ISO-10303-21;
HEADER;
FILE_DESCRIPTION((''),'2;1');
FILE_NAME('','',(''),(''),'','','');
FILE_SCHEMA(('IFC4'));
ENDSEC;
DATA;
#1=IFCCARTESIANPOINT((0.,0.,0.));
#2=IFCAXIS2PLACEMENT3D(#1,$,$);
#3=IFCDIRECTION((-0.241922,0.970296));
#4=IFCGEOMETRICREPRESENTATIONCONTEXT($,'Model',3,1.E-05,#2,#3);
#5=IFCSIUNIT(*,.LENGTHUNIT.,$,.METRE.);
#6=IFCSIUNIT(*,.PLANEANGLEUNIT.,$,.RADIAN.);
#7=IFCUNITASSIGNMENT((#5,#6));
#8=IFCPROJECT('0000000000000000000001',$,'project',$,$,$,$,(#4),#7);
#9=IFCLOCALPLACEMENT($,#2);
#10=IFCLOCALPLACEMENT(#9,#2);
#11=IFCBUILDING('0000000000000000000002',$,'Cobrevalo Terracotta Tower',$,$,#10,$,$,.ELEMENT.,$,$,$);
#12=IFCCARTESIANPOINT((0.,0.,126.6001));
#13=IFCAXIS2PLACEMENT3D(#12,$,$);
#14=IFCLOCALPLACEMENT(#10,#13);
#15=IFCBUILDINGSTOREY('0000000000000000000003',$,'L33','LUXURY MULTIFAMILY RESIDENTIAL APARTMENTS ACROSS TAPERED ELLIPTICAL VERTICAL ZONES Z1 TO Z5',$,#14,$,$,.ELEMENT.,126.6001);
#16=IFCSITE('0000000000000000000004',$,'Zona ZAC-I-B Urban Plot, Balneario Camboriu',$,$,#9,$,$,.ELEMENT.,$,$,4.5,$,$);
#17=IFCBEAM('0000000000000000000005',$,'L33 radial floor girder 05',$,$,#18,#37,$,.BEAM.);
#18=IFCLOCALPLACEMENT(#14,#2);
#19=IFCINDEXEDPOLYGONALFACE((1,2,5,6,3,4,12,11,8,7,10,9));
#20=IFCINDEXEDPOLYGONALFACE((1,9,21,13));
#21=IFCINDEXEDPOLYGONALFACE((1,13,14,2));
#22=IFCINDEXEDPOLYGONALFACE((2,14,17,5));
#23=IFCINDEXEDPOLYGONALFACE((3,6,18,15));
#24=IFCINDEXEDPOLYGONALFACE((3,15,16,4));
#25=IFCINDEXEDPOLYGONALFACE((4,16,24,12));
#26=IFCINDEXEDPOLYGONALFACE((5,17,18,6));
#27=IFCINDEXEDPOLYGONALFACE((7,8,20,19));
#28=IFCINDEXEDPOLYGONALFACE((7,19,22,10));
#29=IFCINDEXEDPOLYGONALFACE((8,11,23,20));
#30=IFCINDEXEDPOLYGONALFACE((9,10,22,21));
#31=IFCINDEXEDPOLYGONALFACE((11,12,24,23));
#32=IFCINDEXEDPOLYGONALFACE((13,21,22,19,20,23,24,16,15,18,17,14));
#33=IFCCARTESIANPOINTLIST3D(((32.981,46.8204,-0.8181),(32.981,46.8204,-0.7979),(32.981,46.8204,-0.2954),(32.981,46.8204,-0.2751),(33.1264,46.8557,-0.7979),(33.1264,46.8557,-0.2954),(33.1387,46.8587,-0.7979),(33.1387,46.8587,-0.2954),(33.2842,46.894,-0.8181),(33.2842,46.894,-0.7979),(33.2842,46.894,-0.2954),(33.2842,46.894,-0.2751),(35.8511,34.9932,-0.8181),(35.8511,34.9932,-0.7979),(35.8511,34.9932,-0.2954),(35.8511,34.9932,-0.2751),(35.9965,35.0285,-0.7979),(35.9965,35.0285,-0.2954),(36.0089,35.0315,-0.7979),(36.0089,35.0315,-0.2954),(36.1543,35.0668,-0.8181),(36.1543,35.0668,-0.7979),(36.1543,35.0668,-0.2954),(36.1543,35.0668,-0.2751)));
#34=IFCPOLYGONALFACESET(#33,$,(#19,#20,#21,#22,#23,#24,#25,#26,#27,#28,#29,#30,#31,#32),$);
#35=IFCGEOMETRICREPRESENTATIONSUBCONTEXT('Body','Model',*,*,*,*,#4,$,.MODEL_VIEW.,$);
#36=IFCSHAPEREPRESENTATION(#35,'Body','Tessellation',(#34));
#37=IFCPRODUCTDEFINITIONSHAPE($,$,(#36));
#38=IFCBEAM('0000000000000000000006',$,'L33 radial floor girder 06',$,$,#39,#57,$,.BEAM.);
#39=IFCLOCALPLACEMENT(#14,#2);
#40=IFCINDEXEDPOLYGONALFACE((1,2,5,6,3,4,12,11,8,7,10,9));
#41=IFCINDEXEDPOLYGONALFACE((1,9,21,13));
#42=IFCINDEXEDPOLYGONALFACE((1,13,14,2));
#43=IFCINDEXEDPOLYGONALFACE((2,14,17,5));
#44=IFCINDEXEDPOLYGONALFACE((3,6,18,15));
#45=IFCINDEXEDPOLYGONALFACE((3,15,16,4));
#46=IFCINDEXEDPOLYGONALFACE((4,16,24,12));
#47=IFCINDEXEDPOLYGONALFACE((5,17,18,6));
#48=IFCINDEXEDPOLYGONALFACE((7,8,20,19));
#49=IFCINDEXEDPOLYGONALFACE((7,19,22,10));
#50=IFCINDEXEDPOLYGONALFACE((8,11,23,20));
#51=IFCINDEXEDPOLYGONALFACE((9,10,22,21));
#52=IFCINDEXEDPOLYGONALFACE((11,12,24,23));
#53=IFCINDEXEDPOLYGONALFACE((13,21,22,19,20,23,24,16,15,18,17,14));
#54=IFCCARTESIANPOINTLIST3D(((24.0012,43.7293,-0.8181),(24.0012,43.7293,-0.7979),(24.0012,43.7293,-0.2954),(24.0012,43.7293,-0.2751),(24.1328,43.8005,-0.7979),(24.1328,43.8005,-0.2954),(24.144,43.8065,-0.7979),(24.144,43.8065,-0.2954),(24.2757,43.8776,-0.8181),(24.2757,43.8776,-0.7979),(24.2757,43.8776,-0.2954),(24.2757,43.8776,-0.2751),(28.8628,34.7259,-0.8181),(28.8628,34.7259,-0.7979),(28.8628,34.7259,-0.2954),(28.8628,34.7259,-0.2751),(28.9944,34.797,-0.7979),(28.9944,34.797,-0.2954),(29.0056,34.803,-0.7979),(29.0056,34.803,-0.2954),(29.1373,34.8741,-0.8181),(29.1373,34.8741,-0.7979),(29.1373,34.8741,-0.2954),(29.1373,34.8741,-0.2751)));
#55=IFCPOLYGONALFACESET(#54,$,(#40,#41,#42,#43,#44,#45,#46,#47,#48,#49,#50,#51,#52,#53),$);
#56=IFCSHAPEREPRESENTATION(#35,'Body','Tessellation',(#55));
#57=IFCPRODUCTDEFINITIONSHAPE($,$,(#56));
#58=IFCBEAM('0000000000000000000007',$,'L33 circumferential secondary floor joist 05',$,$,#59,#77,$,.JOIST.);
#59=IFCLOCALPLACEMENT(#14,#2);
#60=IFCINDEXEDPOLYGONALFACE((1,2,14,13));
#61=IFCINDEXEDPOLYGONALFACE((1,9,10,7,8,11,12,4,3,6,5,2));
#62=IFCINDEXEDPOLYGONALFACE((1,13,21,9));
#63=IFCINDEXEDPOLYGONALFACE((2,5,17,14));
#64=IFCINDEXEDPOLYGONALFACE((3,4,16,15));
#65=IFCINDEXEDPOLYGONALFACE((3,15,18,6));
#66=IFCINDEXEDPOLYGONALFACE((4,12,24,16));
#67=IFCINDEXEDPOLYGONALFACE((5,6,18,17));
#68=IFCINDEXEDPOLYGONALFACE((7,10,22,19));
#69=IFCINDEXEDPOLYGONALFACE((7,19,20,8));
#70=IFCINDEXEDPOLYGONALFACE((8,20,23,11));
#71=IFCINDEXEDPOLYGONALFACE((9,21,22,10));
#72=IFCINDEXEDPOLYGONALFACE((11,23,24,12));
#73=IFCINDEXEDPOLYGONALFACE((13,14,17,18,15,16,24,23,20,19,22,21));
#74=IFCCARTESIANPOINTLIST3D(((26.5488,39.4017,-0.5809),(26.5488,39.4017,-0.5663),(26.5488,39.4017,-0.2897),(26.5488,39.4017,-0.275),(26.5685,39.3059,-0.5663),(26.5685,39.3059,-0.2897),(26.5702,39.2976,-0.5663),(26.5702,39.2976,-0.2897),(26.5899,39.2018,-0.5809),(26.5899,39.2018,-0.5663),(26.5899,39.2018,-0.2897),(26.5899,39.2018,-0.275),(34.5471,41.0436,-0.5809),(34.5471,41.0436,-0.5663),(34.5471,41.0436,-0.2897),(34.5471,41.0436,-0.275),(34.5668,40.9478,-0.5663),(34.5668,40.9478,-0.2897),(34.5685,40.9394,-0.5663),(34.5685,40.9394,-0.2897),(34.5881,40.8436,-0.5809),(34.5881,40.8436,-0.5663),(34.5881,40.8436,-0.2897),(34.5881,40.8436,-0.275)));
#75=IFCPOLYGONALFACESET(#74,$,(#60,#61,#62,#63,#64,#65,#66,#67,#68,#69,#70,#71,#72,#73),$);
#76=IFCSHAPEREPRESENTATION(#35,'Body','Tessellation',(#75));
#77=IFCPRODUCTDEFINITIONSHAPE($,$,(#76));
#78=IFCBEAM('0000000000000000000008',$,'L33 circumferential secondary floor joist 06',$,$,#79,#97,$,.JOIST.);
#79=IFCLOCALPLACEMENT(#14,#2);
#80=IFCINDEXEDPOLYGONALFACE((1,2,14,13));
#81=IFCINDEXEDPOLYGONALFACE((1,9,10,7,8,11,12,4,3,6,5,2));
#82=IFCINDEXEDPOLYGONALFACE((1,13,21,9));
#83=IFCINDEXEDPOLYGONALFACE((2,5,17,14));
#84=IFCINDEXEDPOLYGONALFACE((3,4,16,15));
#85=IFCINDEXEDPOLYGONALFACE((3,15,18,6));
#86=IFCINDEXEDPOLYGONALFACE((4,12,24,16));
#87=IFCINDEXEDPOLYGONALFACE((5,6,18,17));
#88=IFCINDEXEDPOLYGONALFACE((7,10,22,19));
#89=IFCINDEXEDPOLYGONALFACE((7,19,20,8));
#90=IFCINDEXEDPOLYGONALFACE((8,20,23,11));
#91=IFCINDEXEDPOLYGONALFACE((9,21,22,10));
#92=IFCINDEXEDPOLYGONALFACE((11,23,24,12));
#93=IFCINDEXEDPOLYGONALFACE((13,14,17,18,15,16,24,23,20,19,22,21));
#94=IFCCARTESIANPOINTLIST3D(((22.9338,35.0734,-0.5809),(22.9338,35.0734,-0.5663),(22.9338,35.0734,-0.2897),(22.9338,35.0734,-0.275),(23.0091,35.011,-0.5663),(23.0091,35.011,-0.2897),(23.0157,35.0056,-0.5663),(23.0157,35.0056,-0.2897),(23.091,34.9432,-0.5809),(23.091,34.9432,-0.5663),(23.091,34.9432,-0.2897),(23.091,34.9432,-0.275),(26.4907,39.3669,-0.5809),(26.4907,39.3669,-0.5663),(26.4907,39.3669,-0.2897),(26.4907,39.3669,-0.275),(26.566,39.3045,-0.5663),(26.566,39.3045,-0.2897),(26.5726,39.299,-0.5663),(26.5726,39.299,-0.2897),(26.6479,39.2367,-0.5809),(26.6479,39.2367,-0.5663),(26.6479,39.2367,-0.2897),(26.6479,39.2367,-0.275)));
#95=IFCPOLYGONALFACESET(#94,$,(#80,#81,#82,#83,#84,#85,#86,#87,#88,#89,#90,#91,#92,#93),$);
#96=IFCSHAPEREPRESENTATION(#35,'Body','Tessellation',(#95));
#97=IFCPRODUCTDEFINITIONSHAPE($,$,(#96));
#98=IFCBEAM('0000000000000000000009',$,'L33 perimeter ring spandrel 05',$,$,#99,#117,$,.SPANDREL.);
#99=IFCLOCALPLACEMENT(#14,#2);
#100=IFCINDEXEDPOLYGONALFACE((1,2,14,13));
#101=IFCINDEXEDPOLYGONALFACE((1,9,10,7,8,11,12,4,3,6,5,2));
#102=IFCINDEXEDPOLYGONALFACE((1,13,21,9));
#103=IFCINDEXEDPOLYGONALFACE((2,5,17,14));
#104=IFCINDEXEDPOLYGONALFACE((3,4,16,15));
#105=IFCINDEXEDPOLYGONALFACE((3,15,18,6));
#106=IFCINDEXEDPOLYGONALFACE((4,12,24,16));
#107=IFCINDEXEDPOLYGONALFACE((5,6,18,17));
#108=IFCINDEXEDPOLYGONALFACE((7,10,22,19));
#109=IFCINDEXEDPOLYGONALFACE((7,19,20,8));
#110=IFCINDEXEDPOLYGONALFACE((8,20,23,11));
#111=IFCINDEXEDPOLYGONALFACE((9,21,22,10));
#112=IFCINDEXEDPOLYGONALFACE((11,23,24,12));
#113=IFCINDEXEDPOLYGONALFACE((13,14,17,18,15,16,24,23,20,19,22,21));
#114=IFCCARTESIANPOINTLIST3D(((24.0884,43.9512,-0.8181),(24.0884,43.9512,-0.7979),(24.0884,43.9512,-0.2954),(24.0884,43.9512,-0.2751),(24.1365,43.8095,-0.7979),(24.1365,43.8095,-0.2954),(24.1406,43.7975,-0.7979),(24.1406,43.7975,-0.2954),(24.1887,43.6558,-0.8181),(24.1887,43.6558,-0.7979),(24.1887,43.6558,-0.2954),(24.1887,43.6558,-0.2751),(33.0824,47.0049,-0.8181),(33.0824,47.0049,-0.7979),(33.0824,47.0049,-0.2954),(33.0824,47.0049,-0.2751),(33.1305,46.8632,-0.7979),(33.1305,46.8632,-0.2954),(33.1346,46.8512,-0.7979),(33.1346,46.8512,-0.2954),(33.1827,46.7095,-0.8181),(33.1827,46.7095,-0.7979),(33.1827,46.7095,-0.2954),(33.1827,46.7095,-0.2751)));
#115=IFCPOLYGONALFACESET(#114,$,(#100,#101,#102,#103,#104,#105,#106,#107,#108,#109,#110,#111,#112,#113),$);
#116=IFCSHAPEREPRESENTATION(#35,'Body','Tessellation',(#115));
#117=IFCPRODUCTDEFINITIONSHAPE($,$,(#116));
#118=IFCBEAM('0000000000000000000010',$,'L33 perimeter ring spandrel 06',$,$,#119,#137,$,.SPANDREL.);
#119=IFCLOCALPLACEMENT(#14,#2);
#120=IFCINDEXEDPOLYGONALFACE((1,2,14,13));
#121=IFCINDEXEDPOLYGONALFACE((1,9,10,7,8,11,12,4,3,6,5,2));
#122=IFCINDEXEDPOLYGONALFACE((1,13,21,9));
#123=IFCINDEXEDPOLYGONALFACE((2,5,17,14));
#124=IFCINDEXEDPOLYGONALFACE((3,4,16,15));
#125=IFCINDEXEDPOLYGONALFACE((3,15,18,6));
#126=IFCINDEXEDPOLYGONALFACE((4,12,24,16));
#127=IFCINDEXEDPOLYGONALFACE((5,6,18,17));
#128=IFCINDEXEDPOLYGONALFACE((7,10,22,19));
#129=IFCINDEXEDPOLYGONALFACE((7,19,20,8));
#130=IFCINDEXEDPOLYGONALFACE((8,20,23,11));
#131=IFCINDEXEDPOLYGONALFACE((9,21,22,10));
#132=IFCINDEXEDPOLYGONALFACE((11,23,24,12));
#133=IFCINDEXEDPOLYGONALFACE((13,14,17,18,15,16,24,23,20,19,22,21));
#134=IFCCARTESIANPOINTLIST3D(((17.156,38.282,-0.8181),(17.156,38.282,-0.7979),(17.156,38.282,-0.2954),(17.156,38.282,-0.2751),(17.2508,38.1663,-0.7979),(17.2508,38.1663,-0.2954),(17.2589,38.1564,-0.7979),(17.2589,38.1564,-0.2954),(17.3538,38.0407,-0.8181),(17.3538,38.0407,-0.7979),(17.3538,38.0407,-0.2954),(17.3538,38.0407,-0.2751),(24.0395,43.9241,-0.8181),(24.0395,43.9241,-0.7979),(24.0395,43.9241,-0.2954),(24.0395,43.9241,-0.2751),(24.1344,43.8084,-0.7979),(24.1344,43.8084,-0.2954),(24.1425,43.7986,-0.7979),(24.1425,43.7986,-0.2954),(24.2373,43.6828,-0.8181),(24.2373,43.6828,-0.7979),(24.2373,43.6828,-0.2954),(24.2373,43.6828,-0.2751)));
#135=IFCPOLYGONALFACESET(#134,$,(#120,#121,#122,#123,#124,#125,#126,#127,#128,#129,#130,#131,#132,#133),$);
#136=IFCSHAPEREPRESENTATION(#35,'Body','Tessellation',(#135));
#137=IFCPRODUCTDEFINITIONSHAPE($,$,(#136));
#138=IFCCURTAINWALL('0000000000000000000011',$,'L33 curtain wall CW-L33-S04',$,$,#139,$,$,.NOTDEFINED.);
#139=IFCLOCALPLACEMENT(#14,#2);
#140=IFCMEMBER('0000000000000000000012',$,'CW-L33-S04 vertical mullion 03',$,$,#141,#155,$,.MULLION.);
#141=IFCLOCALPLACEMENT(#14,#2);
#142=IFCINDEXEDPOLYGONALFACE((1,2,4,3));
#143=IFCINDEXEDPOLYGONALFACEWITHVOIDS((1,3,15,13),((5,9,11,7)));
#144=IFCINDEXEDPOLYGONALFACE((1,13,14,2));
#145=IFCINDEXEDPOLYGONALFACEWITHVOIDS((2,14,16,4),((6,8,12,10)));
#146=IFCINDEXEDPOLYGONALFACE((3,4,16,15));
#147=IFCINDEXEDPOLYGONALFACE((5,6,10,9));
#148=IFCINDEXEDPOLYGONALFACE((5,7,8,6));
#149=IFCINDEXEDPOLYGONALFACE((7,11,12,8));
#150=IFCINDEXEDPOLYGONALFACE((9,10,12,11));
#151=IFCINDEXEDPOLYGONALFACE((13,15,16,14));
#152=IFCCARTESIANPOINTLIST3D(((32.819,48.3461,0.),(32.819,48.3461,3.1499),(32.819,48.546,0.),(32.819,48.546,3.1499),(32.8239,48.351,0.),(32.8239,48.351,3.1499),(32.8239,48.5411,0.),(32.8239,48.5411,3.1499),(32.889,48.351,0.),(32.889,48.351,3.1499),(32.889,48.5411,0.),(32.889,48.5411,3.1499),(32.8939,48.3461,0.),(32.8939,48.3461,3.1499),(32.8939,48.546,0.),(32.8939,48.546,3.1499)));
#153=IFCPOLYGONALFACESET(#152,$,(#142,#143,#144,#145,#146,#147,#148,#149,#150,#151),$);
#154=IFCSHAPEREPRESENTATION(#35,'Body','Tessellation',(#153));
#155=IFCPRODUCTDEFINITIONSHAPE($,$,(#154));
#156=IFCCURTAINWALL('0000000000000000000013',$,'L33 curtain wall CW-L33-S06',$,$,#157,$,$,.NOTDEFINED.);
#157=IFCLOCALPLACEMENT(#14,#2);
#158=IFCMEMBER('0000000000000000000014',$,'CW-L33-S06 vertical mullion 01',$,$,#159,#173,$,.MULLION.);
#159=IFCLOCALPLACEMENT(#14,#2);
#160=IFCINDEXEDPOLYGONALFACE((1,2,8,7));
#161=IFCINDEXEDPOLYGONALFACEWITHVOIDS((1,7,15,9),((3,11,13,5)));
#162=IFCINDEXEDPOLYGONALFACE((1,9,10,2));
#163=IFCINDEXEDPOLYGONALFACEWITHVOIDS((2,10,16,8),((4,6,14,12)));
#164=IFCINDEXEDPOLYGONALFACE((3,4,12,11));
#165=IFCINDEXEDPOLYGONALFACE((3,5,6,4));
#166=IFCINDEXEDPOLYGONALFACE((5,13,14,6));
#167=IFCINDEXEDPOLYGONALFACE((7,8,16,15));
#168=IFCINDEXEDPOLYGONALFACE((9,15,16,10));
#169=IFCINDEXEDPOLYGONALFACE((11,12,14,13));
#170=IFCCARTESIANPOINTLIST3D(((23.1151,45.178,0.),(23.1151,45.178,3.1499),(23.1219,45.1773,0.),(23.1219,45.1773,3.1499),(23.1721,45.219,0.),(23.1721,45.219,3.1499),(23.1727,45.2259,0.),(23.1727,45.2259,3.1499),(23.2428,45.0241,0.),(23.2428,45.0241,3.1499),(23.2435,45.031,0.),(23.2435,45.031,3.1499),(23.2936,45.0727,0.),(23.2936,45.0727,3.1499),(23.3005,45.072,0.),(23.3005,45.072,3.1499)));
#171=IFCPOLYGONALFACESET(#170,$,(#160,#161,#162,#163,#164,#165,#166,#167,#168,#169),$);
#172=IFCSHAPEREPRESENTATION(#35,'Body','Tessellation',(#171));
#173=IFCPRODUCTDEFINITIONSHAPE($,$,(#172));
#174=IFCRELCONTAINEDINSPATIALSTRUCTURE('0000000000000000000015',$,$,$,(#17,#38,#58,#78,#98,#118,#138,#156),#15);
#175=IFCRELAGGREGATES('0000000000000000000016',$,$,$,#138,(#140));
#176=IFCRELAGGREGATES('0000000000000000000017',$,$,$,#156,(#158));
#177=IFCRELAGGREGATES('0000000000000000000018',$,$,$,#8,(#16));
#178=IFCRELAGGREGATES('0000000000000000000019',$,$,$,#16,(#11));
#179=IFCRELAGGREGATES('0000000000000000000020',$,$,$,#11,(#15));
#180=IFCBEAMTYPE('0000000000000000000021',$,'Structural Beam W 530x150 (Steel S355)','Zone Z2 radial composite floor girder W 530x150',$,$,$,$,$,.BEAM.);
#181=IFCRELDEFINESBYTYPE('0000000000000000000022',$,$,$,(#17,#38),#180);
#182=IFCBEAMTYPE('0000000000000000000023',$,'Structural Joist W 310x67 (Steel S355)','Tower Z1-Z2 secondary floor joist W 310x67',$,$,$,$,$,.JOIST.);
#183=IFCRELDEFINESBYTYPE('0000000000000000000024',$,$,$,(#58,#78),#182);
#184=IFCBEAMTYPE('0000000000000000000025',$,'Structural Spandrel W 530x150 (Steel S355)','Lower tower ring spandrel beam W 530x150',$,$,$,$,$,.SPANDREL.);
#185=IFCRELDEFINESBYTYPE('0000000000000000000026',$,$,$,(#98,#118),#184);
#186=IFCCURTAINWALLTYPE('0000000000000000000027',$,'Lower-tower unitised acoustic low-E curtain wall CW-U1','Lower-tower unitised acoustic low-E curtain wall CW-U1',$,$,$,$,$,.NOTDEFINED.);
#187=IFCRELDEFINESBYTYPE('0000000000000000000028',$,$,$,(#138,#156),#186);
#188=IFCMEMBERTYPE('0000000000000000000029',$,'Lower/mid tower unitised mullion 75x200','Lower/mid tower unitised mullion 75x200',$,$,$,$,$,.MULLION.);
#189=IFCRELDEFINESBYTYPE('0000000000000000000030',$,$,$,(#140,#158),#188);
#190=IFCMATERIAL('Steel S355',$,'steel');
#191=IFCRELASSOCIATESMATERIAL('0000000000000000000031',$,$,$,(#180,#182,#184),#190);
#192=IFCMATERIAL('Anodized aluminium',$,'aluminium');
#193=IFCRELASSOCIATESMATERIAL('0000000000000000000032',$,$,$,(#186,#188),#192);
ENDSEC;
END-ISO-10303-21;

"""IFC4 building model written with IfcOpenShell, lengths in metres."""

from ifc_helpers import new_model, si_unit, direction, frame, origin, origin_2d, place, context, subcontext, project, spatial, hollow_rectangle, i_section, extrude, source, transform, mapped, material, material_profile, profile_set, type_object, element, aggregate, save


model = new_model("IFC4")

# Units and contexts
model_context = context("Model", 3, precision=1e-05, world=origin(), true_north=direction((-0.241922, 0.970296)))
body_context = subcontext(model_context, "Body", "Model", "MODEL_VIEW")
ifc_project = project(units=[si_unit("LENGTHUNIT", "METRE"), si_unit("PLANEANGLEUNIT", "RADIAN")], contexts=[model_context])

# Site, building, storey
site_placement = place(None, origin())
site = spatial("IfcSite", under=ifc_project, at=site_placement, Name="Zona ZAC-I-B Urban Plot, Balneario Camboriu", CompositionType="ELEMENT", RefElevation=4.5)
building_placement = place(site_placement, origin())
building = spatial("IfcBuilding", under=site, at=building_placement, Name="Cobrevalo Terracotta Tower", CompositionType="ELEMENT")
storey_placement = place(building_placement, frame((0.0, 0.0, 126.6001)))
storey = spatial("IfcBuildingStorey", under=building, at=storey_placement, Name="L33", Description="LUXURY MULTIFAMILY RESIDENTIAL APARTMENTS ACROSS TAPERED ELLIPTICAL VERTICAL ZONES Z1 TO Z5", CompositionType="ELEMENT", Elevation=126.6001)

# Shared definitions
ifc_material_1 = material(Name="Steel S355", Category="steel")

# Beams
ifc_material_profile_1 = material_profile(ifc_material_1, i_section(OverallWidth=0.312, OverallDepth=0.543, WebThickness=0.0127, FlangeThickness=0.0203, at=origin_2d()), Name="W 530x150")
ifc_profile_set_1 = profile_set([ifc_material_profile_1], Name="Steel S355")
beam_type_1 = type_object("IfcBeamType", Name="Structural Beam W 530x150 (Steel S355)", Description="Zone Z2 radial composite floor girder W 530x150", PredefinedType="BEAM", material=ifc_profile_set_1)
beam_1_placement = place(storey_placement, frame((33.1326, 46.8572, -0.5466), z_axis=(0.235827, -0.971795, 0.0), x_axis=(0.971795, 0.235827, 0.0)))
element("IfcBeam", 1, at=beam_1_placement, inside=storey, type_object=beam_type_1, Name="L33 radial floor girder 05", PredefinedType="BEAM", context=body_context, shape_type="SweptSolid", body=[
    extrude(i_section(OverallWidth=0.312, OverallDepth=0.543, WebThickness=0.0127, FlangeThickness=0.0203, at=origin_2d()), origin(), (0.0, 0.0, 1.0), 12.1704),
])
beam_2_placement = place(storey_placement, frame((24.1384, 43.8035, -0.5466), z_axis=(0.475128, -0.879917, 0.0), x_axis=(0.879917, 0.475128, 0.0)))
element("IfcBeam", 2, at=beam_2_placement, inside=storey, type_object=beam_type_1, Name="L33 radial floor girder 06", PredefinedType="BEAM", context=body_context, shape_type="SweptSolid", body=[
    extrude(i_section(OverallWidth=0.312, OverallDepth=0.543, WebThickness=0.0127, FlangeThickness=0.0203, at=origin_2d()), origin(), (0.0, 0.0, 1.0), 10.2322),
])
ifc_material_profile_2 = material_profile(ifc_material_1, i_section(OverallWidth=0.2041, OverallDepth=0.3059, WebThickness=0.0085, FlangeThickness=0.0146, at=origin_2d()), Name="W 310x67")
ifc_profile_set_2 = profile_set([ifc_material_profile_2], Name="Steel S355")
beam_type_2 = type_object("IfcBeamType", Name="Structural Joist W 310x67 (Steel S355)", Description="Tower Z1-Z2 secondary floor joist W 310x67", PredefinedType="JOIST", material=ifc_profile_set_2)
beam_3_placement = place(storey_placement, frame((34.5676, 40.9436, -0.428), z_axis=(-0.979574, -0.201082, 0.0), x_axis=(0.201082, -0.979574, 0.0)))
element("IfcBeam", 3, at=beam_3_placement, inside=storey, type_object=beam_type_2, Name="L33 circumferential secondary floor joist 05", PredefinedType="JOIST", context=body_context, shape_type="SweptSolid", body=[
    extrude(i_section(OverallWidth=0.2041, OverallDepth=0.3059, WebThickness=0.0085, FlangeThickness=0.0146, at=origin_2d()), origin(), (0.0, 0.0, 1.0), 8.165),
])
beam_4_placement = place(storey_placement, frame((26.5693, 39.3018, -0.428), z_axis=(-0.637959, -0.77007, 0.0), x_axis=(0.77007, -0.637959, 0.0)))
element("IfcBeam", 4, at=beam_4_placement, inside=storey, type_object=beam_type_2, Name="L33 circumferential secondary floor joist 06", PredefinedType="JOIST", context=body_context, shape_type="SweptSolid", body=[
    extrude(i_section(OverallWidth=0.2041, OverallDepth=0.3059, WebThickness=0.0085, FlangeThickness=0.0146, at=origin_2d()), origin(), (0.0, 0.0, 1.0), 5.5754),
])
ifc_material_profile_3 = material_profile(ifc_material_1, i_section(OverallWidth=0.312, OverallDepth=0.543, WebThickness=0.0127, FlangeThickness=0.0203, at=origin_2d()), Name="W 530x150")
ifc_profile_set_3 = profile_set([ifc_material_profile_3], Name="Steel S355")
beam_type_3 = type_object("IfcBeamType", Name="Structural Spandrel W 530x150 (Steel S355)", Description="Lower tower ring spandrel beam W 530x150", PredefinedType="SPANDREL", material=ifc_profile_set_3)
beam_5_placement = place(storey_placement, frame((33.1326, 46.8572, -0.5466), z_axis=(-0.946911, -0.321497, 0.0), x_axis=(0.321497, -0.946911, 0.0)))
element("IfcBeam", 5, at=beam_5_placement, inside=storey, type_object=beam_type_3, Name="L33 perimeter ring spandrel 05", PredefinedType="SPANDREL", context=body_context, shape_type="SweptSolid", body=[
    extrude(i_section(OverallWidth=0.312, OverallDepth=0.543, WebThickness=0.0127, FlangeThickness=0.0203, at=origin_2d()), origin(), (0.0, 0.0, 1.0), 9.4983),
])
beam_6_placement = place(storey_placement, frame((24.1384, 43.8035, -0.5466), z_axis=(-0.773401, -0.633917, 0.0), x_axis=(0.633917, -0.773401, 0.0)))
element("IfcBeam", 6, at=beam_6_placement, inside=storey, type_object=beam_type_3, Name="L33 perimeter ring spandrel 06", PredefinedType="SPANDREL", context=body_context, shape_type="SweptSolid", body=[
    extrude(i_section(OverallWidth=0.312, OverallDepth=0.543, WebThickness=0.0127, FlangeThickness=0.0203, at=origin_2d()), origin(), (0.0, 0.0, 1.0), 8.9004),
])

# Curtain wall, member
ifc_material_2 = material(Name="Anodized aluminium", Category="aluminium")
curtain_wall_type = type_object("IfcCurtainWallType", Name="Lower-tower unitised acoustic low-E curtain wall CW-U1", Description="Lower-tower unitised acoustic low-E curtain wall CW-U1", PredefinedType="NOTDEFINED", material=ifc_material_2)
curtain_wall_1_placement = place(storey_placement, origin())
curtain_wall_1 = element("IfcCurtainWall", 7, at=curtain_wall_1_placement, inside=storey, type_object=curtain_wall_type, Name="L33 curtain wall CW-L33-S04", PredefinedType="NOTDEFINED")
ifc_material_profile_4 = material_profile(ifc_material_2, hollow_rectangle(XDim=0.075, YDim=0.2, WallThickness=0.0049, at=origin_2d()), Name="CWM 75x200")
ifc_profile_set_4 = profile_set([ifc_material_profile_4], Name="Anodized aluminium")
member_type_1 = type_object("IfcMemberType", Name="Lower/mid tower unitised mullion 75x200", Description="Lower/mid tower unitised mullion 75x200", PredefinedType="MULLION", material=ifc_profile_set_4)
shared_shape_1 = source(origin(), body_context, "Body", "SweptSolid", [
    extrude(hollow_rectangle(XDim=0.075, YDim=0.2, WallThickness=0.0049, at=origin_2d()), origin(), (0.0, 0.0, 1.0), 3.1499),
])
member_1_placement = place(storey_placement, frame((32.8564, 48.446, 0.0), z_axis=(0.0, 0.0, 1.0), x_axis=(-1.0, 0.0, 0.0)))
member_1 = element("IfcMember", 8, at=member_1_placement, type_object=member_type_1, Name="CW-L33-S04 vertical mullion 03", PredefinedType="MULLION", context=body_context, shape_type="MappedRepresentation", body=[
    mapped(shared_shape_1, transform((0.0, 0.0, 0.0), scale=1.0)),
])
aggregate(curtain_wall_1, [member_1])

# Curtain wall, member
curtain_wall_2_placement = place(storey_placement, origin())
curtain_wall_2 = element("IfcCurtainWall", 9, at=curtain_wall_2_placement, inside=storey, type_object=curtain_wall_type, Name="L33 curtain wall CW-L33-S06", PredefinedType="NOTDEFINED")
member_2_placement = place(storey_placement, frame((23.2078, 45.125, 0.0), z_axis=(0.0, 0.0, 1.0), x_axis=(-0.769243, -0.638956, 0.0)))
member_2 = element("IfcMember", 10, at=member_2_placement, type_object=member_type_1, Name="CW-L33-S06 vertical mullion 01", PredefinedType="MULLION", context=body_context, shape_type="MappedRepresentation", body=[
    mapped(shared_shape_1, transform((0.0, 0.0, 0.0), scale=1.0)),
])
aggregate(curtain_wall_2, [member_2])

save(model, "model.ifc")
